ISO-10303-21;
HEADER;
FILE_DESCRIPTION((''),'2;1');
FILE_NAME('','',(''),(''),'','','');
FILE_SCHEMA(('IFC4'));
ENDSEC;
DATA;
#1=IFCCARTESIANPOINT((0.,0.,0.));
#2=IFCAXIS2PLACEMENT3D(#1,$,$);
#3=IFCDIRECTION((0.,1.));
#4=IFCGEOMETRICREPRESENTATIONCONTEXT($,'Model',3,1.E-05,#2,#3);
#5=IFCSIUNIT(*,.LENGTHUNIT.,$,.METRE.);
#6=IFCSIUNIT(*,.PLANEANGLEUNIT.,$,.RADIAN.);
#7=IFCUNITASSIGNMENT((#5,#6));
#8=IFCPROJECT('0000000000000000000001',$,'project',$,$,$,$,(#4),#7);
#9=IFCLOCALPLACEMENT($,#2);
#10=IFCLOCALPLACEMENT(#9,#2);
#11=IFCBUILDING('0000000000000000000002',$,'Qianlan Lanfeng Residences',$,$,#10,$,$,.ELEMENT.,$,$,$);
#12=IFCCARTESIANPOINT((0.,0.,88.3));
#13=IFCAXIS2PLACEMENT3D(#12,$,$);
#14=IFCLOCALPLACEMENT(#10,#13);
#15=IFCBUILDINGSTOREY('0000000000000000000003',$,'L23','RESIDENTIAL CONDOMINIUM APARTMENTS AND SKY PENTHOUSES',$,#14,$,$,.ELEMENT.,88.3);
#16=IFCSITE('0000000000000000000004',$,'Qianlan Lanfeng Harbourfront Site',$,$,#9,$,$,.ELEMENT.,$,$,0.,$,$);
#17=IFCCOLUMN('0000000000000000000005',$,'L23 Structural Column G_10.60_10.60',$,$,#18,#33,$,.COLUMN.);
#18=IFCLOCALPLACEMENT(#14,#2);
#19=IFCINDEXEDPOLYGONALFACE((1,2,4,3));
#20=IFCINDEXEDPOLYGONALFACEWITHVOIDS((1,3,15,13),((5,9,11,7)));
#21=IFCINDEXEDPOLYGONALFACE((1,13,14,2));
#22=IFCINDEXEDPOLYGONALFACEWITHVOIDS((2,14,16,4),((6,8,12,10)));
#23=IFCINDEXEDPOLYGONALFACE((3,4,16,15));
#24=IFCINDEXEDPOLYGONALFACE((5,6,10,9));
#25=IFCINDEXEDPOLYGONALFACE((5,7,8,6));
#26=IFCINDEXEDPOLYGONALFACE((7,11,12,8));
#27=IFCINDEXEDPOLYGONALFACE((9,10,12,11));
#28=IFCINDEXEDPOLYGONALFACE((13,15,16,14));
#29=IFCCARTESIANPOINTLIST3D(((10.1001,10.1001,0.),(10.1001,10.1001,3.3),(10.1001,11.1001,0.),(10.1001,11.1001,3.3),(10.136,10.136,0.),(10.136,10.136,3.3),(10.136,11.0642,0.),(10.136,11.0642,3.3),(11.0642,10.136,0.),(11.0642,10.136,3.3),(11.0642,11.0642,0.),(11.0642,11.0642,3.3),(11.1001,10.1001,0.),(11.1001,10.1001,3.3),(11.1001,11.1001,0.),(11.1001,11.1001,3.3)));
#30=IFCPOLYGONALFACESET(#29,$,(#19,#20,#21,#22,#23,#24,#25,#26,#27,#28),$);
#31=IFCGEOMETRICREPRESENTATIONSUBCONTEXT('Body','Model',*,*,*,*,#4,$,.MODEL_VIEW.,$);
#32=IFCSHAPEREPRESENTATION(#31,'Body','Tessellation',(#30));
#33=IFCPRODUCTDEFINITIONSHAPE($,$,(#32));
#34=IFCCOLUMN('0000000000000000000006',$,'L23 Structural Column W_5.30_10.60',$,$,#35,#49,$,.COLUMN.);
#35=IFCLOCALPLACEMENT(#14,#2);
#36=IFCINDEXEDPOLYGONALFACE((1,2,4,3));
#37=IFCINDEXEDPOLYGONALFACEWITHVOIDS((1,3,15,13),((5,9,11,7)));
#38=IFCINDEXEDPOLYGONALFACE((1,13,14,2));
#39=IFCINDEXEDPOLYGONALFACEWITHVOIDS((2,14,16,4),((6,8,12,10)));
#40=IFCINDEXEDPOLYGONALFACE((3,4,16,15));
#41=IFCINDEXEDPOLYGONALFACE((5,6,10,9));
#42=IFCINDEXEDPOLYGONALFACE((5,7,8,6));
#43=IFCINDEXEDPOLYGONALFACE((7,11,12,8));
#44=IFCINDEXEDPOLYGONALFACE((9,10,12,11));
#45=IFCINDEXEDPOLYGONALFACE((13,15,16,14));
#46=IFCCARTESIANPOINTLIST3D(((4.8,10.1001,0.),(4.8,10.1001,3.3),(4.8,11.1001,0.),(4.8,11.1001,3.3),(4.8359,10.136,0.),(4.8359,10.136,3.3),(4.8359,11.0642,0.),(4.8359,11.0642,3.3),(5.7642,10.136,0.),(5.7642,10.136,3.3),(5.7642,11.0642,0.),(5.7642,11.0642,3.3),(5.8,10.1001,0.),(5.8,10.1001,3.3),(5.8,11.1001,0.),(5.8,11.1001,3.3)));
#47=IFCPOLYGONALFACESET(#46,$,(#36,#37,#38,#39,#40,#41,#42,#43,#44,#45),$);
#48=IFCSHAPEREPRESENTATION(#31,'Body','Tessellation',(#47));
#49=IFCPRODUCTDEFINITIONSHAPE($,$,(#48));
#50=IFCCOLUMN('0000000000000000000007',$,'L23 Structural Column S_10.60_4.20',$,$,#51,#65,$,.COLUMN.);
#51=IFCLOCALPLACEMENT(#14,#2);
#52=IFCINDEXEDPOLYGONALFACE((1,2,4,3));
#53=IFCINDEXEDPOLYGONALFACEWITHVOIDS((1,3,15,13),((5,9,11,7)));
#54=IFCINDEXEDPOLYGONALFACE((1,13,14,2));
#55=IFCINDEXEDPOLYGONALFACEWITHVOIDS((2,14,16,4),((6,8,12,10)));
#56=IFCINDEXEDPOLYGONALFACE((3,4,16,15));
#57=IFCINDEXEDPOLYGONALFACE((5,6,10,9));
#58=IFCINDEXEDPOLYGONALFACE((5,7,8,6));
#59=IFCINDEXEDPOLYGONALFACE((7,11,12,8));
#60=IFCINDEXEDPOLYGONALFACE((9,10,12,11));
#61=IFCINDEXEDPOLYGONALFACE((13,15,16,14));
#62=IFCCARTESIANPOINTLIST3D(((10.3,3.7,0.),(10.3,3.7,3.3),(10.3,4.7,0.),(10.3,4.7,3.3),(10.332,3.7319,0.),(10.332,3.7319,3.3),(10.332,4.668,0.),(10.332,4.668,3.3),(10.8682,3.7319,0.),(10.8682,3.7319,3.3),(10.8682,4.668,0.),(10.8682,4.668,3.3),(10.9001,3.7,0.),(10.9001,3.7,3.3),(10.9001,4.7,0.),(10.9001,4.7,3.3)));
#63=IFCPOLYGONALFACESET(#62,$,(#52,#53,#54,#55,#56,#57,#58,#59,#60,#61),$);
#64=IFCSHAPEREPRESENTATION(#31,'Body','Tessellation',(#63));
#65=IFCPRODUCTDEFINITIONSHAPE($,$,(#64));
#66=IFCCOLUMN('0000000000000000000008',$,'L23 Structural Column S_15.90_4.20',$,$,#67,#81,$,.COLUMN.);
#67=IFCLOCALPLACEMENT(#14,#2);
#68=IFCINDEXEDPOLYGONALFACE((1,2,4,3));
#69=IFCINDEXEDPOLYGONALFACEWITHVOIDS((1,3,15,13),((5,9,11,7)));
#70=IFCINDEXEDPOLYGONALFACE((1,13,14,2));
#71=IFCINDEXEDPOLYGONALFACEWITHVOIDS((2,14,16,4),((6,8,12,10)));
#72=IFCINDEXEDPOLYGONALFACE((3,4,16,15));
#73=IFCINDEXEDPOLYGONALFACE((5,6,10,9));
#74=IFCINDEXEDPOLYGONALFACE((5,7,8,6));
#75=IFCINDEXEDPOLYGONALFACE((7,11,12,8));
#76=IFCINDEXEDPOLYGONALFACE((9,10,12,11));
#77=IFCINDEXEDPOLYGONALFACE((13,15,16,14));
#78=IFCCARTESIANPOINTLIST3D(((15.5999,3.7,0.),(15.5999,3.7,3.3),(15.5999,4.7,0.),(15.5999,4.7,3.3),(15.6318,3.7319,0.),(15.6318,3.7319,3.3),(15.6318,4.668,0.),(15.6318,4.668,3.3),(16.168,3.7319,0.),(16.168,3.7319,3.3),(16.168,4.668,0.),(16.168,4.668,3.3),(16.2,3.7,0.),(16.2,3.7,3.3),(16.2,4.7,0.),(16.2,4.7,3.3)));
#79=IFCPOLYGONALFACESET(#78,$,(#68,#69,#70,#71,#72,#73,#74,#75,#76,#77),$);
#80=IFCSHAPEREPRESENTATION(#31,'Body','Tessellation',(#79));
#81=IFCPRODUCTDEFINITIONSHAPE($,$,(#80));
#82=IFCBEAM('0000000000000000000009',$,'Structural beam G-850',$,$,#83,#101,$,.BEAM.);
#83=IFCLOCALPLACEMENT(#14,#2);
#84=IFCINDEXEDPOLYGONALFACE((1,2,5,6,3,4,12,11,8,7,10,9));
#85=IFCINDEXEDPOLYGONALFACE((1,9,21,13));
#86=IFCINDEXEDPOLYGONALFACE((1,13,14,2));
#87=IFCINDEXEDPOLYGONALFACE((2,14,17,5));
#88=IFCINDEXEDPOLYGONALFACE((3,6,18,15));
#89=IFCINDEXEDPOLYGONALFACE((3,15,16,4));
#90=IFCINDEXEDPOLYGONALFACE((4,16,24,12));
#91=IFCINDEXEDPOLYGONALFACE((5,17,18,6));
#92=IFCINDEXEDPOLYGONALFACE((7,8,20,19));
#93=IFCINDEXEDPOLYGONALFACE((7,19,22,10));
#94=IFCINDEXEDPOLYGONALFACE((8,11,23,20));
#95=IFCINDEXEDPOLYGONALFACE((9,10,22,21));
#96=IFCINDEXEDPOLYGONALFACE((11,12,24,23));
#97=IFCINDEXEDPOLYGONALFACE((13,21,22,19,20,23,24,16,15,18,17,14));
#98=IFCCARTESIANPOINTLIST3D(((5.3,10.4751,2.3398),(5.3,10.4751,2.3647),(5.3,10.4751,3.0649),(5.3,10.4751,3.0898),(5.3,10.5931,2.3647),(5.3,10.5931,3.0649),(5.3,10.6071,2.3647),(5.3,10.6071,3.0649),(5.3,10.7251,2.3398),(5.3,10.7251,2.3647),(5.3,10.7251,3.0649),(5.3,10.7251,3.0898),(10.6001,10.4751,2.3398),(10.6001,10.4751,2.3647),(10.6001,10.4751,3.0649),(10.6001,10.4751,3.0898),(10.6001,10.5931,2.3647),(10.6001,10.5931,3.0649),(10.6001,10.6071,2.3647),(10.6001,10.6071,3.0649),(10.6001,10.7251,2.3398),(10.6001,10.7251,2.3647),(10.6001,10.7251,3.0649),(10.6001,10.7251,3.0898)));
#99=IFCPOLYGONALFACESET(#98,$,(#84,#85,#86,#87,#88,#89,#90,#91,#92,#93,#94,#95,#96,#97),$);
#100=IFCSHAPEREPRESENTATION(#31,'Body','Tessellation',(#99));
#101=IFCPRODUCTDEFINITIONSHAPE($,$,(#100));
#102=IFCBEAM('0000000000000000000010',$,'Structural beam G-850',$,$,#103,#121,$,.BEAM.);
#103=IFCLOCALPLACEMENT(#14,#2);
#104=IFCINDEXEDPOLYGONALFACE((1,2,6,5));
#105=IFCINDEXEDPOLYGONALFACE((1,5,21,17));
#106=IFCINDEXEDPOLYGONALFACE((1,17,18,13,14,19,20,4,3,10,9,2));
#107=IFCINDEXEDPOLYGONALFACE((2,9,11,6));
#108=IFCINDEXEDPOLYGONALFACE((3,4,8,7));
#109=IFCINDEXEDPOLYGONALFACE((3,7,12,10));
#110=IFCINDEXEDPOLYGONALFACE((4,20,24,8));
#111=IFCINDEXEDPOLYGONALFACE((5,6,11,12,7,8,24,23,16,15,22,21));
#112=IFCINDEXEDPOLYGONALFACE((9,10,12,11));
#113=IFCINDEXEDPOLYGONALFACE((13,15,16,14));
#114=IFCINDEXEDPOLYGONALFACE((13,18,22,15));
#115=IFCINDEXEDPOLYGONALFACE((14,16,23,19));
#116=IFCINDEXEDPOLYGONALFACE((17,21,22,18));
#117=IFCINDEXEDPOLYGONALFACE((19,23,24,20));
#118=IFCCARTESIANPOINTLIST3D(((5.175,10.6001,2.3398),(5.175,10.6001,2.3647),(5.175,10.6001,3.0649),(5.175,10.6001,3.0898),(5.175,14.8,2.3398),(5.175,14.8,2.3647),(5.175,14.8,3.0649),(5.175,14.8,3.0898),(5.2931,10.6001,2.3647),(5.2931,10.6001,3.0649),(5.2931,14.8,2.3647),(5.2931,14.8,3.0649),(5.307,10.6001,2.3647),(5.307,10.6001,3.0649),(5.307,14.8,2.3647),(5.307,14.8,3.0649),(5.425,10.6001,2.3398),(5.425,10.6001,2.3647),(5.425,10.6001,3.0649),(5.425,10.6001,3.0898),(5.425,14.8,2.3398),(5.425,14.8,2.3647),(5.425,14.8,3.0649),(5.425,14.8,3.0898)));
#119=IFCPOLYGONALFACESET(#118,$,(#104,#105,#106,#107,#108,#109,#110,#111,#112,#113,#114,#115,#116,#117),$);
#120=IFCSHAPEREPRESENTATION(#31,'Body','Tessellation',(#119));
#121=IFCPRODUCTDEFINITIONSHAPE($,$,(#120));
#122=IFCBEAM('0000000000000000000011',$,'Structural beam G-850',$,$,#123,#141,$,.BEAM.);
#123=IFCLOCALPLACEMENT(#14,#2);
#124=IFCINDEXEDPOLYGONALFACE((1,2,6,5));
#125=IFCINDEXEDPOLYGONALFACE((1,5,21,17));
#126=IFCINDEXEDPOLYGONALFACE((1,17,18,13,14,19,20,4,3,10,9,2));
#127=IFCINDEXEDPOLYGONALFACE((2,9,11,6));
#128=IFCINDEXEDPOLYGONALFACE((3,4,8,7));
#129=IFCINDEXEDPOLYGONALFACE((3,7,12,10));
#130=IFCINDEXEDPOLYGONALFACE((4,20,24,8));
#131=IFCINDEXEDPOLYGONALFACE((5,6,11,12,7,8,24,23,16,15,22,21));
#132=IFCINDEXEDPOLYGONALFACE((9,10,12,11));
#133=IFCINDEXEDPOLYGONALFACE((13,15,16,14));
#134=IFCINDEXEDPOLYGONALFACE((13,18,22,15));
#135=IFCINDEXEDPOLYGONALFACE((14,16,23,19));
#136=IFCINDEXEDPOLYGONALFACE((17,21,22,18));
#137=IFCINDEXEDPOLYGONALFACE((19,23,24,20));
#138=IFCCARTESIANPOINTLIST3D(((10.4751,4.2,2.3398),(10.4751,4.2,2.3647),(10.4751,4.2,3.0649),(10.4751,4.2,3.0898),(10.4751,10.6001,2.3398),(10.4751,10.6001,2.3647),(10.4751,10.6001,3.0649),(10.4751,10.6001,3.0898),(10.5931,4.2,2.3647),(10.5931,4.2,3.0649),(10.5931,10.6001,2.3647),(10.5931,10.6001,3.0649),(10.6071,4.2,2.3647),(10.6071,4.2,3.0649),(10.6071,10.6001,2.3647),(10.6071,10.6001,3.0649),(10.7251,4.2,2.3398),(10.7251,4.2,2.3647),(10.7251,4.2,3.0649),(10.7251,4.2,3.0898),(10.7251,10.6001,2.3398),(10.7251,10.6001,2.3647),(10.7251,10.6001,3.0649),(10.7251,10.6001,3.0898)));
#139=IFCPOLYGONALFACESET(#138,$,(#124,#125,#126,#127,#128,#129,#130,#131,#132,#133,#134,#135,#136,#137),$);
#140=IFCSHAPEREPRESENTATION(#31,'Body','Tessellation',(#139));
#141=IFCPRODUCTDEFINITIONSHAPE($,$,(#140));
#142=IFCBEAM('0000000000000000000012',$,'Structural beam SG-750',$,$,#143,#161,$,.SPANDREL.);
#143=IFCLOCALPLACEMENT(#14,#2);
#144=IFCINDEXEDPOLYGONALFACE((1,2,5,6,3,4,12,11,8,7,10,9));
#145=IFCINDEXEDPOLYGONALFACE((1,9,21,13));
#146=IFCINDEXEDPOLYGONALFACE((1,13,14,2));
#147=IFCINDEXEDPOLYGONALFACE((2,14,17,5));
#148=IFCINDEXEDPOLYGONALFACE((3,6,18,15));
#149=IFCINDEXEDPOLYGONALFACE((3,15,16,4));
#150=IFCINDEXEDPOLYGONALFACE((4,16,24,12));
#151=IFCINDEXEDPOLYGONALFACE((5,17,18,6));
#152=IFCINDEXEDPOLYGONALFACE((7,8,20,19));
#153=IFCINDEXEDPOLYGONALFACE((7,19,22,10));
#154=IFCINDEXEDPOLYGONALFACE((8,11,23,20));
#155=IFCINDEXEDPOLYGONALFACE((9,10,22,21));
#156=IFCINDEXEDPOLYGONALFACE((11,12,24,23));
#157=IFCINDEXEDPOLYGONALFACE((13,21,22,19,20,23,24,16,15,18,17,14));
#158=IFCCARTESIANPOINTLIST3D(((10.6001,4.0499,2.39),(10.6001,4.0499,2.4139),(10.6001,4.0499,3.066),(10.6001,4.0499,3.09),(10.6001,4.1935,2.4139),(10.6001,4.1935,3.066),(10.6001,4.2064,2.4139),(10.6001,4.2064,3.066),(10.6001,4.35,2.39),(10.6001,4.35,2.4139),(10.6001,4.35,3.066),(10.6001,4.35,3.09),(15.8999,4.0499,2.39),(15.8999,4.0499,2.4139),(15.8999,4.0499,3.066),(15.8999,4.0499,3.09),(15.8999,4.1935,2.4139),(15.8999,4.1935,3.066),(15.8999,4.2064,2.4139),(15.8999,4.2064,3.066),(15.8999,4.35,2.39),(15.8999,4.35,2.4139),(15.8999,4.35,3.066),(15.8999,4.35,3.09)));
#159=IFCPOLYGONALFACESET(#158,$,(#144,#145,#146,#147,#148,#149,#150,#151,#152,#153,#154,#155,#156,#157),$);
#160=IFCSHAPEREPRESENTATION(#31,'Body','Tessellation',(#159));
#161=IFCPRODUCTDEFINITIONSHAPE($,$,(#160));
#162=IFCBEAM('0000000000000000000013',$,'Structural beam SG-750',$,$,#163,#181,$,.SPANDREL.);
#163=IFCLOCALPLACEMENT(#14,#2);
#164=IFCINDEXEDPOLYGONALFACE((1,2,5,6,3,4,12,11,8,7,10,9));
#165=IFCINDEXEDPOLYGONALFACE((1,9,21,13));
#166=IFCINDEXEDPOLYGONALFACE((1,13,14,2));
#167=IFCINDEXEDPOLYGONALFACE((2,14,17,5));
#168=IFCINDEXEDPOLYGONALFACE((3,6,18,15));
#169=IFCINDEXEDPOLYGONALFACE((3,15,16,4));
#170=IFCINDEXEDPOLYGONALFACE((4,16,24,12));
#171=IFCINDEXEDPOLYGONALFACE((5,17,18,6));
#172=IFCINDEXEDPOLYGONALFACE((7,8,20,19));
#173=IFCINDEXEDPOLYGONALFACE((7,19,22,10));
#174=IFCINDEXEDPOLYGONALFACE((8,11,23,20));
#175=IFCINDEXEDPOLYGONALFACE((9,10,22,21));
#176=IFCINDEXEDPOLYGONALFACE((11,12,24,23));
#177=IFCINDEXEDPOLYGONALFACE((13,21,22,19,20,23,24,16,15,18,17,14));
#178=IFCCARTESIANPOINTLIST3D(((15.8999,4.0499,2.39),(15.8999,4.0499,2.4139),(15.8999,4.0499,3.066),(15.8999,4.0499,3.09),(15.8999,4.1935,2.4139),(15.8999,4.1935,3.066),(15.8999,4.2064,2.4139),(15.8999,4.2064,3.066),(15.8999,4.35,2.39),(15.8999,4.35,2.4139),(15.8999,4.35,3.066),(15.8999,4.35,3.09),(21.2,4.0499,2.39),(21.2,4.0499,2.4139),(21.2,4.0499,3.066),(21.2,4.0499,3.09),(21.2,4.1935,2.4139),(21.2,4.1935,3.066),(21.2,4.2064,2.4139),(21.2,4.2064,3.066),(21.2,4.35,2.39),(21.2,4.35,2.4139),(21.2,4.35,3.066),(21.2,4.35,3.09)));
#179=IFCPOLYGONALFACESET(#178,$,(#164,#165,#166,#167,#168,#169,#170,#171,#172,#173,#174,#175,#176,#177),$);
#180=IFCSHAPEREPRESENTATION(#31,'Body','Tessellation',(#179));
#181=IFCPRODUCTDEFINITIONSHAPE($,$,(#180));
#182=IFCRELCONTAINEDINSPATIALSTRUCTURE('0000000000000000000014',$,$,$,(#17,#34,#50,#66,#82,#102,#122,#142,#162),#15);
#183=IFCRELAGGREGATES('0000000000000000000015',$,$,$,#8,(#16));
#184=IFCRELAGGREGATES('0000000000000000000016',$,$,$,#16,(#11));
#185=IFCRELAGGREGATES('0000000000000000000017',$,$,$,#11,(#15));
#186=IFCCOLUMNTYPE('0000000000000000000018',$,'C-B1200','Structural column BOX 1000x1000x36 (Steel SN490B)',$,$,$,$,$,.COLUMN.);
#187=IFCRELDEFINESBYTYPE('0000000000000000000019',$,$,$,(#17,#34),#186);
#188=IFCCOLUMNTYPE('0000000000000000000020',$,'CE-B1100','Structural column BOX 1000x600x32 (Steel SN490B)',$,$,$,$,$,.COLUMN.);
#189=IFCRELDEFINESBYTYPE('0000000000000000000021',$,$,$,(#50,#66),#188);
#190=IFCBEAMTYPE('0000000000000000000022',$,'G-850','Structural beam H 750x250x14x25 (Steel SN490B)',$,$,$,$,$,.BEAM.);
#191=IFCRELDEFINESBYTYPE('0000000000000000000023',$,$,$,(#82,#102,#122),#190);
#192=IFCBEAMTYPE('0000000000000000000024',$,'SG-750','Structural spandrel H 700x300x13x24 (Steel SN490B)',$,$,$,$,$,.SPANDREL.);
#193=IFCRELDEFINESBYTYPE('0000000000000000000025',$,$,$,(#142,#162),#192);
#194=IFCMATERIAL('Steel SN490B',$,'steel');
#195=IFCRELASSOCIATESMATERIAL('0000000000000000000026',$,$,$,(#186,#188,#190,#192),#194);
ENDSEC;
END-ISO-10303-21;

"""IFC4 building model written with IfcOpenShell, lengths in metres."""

from ifc_helpers import new_model, si_unit, direction, frame, origin, origin_2d, place, context, subcontext, project, spatial, hollow_rectangle, i_section, extrude, material, material_profile, profile_set, type_object, element, save


model = new_model("IFC4")

# Units and contexts
model_context = context("Model", 3, precision=1e-05, world=origin(), true_north=direction((0.0, 1.0)))
body_context = subcontext(model_context, "Body", "Model", "MODEL_VIEW")
ifc_project = project(units=[si_unit("LENGTHUNIT", "METRE"), si_unit("PLANEANGLEUNIT", "RADIAN")], contexts=[model_context])

# Site, building, storey
site_placement = place(None, origin())
site = spatial("IfcSite", under=ifc_project, at=site_placement, Name="Qianlan Lanfeng Harbourfront Site", CompositionType="ELEMENT", RefElevation=0.0)
building_placement = place(site_placement, origin())
building = spatial("IfcBuilding", under=site, at=building_placement, Name="Qianlan Lanfeng Residences", CompositionType="ELEMENT")
storey_placement = place(building_placement, frame((0.0, 0.0, 88.3)))
storey = spatial("IfcBuildingStorey", under=building, at=storey_placement, Name="L23", Description="RESIDENTIAL CONDOMINIUM APARTMENTS AND SKY PENTHOUSES", CompositionType="ELEMENT", Elevation=88.3)

# Columns
ifc_material_1 = material(Name="Steel SN490B", Category="steel")
ifc_material_profile_1 = material_profile(ifc_material_1, hollow_rectangle(XDim=1.0, YDim=1.0, WallThickness=0.0359, at=origin_2d()), Name="BOX 1000x1000x36")
ifc_profile_set_1 = profile_set([ifc_material_profile_1], Name="Steel SN490B")
column_type_1 = type_object("IfcColumnType", Name="C-B1200", Description="Structural column BOX 1000x1000x36 (Steel SN490B)", PredefinedType="COLUMN", material=ifc_profile_set_1)
for number, where, z_axis, x_axis, name in (
    (1, (10.6001, 10.6001, 0.0), (0.0, 0.0, 1.0), (1.0, 0.0, 0.0), "L23 Structural Column G_10.60_10.60"),
    (2, (5.3, 10.6001, 0.0), (0.0, 0.0, 1.0), (1.0, 0.0, 0.0), "L23 Structural Column W_5.30_10.60"),
):
    element("IfcColumn", number, at=place(storey_placement, frame(where, z_axis=z_axis, x_axis=x_axis)), inside=storey, type_object=column_type_1, Name=name, PredefinedType="COLUMN", context=body_context, shape_type="SweptSolid", body=[
        extrude(hollow_rectangle(XDim=1.0, YDim=1.0, WallThickness=0.0359, at=origin_2d()), origin(), (0.0, 0.0, 1.0), 3.3),
    ])
ifc_material_profile_2 = material_profile(ifc_material_1, hollow_rectangle(XDim=0.6001, YDim=1.0, WallThickness=0.032, at=origin_2d()), Name="BOX 1000x600x32")
ifc_profile_set_2 = profile_set([ifc_material_profile_2], Name="Steel SN490B")
column_type_2 = type_object("IfcColumnType", Name="CE-B1100", Description="Structural column BOX 1000x600x32 (Steel SN490B)", PredefinedType="COLUMN", material=ifc_profile_set_2)
for number, where, z_axis, x_axis, name in (
    (3, (10.6001, 4.2, 0.0), (0.0, 0.0, 1.0), (1.0, 0.0, 0.0), "L23 Structural Column S_10.60_4.20"),
    (4, (15.8999, 4.2, 0.0), (0.0, 0.0, 1.0), (1.0, 0.0, 0.0), "L23 Structural Column S_15.90_4.20"),
):
    element("IfcColumn", number, at=place(storey_placement, frame(where, z_axis=z_axis, x_axis=x_axis)), inside=storey, type_object=column_type_2, Name=name, PredefinedType="COLUMN", context=body_context, shape_type="SweptSolid", body=[
        extrude(hollow_rectangle(XDim=0.6001, YDim=1.0, WallThickness=0.032, at=origin_2d()), origin(), (0.0, 0.0, 1.0), 3.3),
    ])

# Beams
ifc_material_profile_3 = material_profile(ifc_material_1, i_section(OverallWidth=0.25, OverallDepth=0.75, WebThickness=0.0139, FlangeThickness=0.0249, at=origin_2d()), Name="H 750x250x14x25")
ifc_profile_set_3 = profile_set([ifc_material_profile_3], Name="Steel SN490B")
beam_type_1 = type_object("IfcBeamType", Name="G-850", Description="Structural beam H 750x250x14x25 (Steel SN490B)", PredefinedType="BEAM", material=ifc_profile_set_3)
beam_1_placement = place(storey_placement, frame((5.3, 10.6001, 2.7148), z_axis=(1.0, 0.0, 0.0), x_axis=(0.0, 1.0, 0.0)))
element("IfcBeam", 5, at=beam_1_placement, inside=storey, type_object=beam_type_1, Name="Structural beam G-850", PredefinedType="BEAM", context=body_context, shape_type="SweptSolid", body=[
    extrude(i_section(OverallWidth=0.25, OverallDepth=0.75, WebThickness=0.0139, FlangeThickness=0.0249, at=origin_2d()), origin(), (0.0, 0.0, 1.0), 5.3),
])
beam_2_placement = place(storey_placement, frame((5.3, 10.6001, 2.7148), z_axis=(0.0, 1.0, 0.0), x_axis=(-1.0, 0.0, 0.0)))
element("IfcBeam", 6, at=beam_2_placement, inside=storey, type_object=beam_type_1, Name="Structural beam G-850", PredefinedType="BEAM", context=body_context, shape_type="SweptSolid", body=[
    extrude(i_section(OverallWidth=0.25, OverallDepth=0.75, WebThickness=0.0139, FlangeThickness=0.0249, at=origin_2d()), origin(), (0.0, 0.0, 1.0), 4.2),
])
beam_3_placement = place(storey_placement, frame((10.6001, 4.2, 2.7148), z_axis=(0.0, 1.0, 0.0), x_axis=(-1.0, 0.0, 0.0)))
element("IfcBeam", 7, at=beam_3_placement, inside=storey, type_object=beam_type_1, Name="Structural beam G-850", PredefinedType="BEAM", context=body_context, shape_type="SweptSolid", body=[
    extrude(i_section(OverallWidth=0.25, OverallDepth=0.75, WebThickness=0.0139, FlangeThickness=0.0249, at=origin_2d()), origin(), (0.0, 0.0, 1.0), 6.4001),
])
ifc_material_profile_4 = material_profile(ifc_material_1, i_section(OverallWidth=0.3, OverallDepth=0.7, WebThickness=0.0129, FlangeThickness=0.0239, at=origin_2d()), Name="H 700x300x13x24")
ifc_profile_set_4 = profile_set([ifc_material_profile_4], Name="Steel SN490B")
beam_type_2 = type_object("IfcBeamType", Name="SG-750", Description="Structural spandrel H 700x300x13x24 (Steel SN490B)", PredefinedType="SPANDREL", material=ifc_profile_set_4)
beam_4_placement = place(storey_placement, frame((10.6001, 4.2, 2.74), z_axis=(1.0, 0.0, 0.0), x_axis=(0.0, 1.0, 0.0)))
element("IfcBeam", 8, at=beam_4_placement, inside=storey, type_object=beam_type_2, Name="Structural beam SG-750", PredefinedType="SPANDREL", context=body_context, shape_type="SweptSolid", body=[
    extrude(i_section(OverallWidth=0.3, OverallDepth=0.7, WebThickness=0.0129, FlangeThickness=0.0239, at=origin_2d()), origin(), (0.0, 0.0, 1.0), 5.2998),
])
beam_5_placement = place(storey_placement, frame((15.8999, 4.2, 2.74), z_axis=(1.0, 0.0, 0.0), x_axis=(0.0, 1.0, 0.0)))
element("IfcBeam", 9, at=beam_5_placement, inside=storey, type_object=beam_type_2, Name="Structural beam SG-750", PredefinedType="SPANDREL", context=body_context, shape_type="SweptSolid", body=[
    extrude(i_section(OverallWidth=0.3, OverallDepth=0.7, WebThickness=0.0129, FlangeThickness=0.0239, at=origin_2d()), origin(), (0.0, 0.0, 1.0), 5.3),
])

save(model, "model.ifc")
